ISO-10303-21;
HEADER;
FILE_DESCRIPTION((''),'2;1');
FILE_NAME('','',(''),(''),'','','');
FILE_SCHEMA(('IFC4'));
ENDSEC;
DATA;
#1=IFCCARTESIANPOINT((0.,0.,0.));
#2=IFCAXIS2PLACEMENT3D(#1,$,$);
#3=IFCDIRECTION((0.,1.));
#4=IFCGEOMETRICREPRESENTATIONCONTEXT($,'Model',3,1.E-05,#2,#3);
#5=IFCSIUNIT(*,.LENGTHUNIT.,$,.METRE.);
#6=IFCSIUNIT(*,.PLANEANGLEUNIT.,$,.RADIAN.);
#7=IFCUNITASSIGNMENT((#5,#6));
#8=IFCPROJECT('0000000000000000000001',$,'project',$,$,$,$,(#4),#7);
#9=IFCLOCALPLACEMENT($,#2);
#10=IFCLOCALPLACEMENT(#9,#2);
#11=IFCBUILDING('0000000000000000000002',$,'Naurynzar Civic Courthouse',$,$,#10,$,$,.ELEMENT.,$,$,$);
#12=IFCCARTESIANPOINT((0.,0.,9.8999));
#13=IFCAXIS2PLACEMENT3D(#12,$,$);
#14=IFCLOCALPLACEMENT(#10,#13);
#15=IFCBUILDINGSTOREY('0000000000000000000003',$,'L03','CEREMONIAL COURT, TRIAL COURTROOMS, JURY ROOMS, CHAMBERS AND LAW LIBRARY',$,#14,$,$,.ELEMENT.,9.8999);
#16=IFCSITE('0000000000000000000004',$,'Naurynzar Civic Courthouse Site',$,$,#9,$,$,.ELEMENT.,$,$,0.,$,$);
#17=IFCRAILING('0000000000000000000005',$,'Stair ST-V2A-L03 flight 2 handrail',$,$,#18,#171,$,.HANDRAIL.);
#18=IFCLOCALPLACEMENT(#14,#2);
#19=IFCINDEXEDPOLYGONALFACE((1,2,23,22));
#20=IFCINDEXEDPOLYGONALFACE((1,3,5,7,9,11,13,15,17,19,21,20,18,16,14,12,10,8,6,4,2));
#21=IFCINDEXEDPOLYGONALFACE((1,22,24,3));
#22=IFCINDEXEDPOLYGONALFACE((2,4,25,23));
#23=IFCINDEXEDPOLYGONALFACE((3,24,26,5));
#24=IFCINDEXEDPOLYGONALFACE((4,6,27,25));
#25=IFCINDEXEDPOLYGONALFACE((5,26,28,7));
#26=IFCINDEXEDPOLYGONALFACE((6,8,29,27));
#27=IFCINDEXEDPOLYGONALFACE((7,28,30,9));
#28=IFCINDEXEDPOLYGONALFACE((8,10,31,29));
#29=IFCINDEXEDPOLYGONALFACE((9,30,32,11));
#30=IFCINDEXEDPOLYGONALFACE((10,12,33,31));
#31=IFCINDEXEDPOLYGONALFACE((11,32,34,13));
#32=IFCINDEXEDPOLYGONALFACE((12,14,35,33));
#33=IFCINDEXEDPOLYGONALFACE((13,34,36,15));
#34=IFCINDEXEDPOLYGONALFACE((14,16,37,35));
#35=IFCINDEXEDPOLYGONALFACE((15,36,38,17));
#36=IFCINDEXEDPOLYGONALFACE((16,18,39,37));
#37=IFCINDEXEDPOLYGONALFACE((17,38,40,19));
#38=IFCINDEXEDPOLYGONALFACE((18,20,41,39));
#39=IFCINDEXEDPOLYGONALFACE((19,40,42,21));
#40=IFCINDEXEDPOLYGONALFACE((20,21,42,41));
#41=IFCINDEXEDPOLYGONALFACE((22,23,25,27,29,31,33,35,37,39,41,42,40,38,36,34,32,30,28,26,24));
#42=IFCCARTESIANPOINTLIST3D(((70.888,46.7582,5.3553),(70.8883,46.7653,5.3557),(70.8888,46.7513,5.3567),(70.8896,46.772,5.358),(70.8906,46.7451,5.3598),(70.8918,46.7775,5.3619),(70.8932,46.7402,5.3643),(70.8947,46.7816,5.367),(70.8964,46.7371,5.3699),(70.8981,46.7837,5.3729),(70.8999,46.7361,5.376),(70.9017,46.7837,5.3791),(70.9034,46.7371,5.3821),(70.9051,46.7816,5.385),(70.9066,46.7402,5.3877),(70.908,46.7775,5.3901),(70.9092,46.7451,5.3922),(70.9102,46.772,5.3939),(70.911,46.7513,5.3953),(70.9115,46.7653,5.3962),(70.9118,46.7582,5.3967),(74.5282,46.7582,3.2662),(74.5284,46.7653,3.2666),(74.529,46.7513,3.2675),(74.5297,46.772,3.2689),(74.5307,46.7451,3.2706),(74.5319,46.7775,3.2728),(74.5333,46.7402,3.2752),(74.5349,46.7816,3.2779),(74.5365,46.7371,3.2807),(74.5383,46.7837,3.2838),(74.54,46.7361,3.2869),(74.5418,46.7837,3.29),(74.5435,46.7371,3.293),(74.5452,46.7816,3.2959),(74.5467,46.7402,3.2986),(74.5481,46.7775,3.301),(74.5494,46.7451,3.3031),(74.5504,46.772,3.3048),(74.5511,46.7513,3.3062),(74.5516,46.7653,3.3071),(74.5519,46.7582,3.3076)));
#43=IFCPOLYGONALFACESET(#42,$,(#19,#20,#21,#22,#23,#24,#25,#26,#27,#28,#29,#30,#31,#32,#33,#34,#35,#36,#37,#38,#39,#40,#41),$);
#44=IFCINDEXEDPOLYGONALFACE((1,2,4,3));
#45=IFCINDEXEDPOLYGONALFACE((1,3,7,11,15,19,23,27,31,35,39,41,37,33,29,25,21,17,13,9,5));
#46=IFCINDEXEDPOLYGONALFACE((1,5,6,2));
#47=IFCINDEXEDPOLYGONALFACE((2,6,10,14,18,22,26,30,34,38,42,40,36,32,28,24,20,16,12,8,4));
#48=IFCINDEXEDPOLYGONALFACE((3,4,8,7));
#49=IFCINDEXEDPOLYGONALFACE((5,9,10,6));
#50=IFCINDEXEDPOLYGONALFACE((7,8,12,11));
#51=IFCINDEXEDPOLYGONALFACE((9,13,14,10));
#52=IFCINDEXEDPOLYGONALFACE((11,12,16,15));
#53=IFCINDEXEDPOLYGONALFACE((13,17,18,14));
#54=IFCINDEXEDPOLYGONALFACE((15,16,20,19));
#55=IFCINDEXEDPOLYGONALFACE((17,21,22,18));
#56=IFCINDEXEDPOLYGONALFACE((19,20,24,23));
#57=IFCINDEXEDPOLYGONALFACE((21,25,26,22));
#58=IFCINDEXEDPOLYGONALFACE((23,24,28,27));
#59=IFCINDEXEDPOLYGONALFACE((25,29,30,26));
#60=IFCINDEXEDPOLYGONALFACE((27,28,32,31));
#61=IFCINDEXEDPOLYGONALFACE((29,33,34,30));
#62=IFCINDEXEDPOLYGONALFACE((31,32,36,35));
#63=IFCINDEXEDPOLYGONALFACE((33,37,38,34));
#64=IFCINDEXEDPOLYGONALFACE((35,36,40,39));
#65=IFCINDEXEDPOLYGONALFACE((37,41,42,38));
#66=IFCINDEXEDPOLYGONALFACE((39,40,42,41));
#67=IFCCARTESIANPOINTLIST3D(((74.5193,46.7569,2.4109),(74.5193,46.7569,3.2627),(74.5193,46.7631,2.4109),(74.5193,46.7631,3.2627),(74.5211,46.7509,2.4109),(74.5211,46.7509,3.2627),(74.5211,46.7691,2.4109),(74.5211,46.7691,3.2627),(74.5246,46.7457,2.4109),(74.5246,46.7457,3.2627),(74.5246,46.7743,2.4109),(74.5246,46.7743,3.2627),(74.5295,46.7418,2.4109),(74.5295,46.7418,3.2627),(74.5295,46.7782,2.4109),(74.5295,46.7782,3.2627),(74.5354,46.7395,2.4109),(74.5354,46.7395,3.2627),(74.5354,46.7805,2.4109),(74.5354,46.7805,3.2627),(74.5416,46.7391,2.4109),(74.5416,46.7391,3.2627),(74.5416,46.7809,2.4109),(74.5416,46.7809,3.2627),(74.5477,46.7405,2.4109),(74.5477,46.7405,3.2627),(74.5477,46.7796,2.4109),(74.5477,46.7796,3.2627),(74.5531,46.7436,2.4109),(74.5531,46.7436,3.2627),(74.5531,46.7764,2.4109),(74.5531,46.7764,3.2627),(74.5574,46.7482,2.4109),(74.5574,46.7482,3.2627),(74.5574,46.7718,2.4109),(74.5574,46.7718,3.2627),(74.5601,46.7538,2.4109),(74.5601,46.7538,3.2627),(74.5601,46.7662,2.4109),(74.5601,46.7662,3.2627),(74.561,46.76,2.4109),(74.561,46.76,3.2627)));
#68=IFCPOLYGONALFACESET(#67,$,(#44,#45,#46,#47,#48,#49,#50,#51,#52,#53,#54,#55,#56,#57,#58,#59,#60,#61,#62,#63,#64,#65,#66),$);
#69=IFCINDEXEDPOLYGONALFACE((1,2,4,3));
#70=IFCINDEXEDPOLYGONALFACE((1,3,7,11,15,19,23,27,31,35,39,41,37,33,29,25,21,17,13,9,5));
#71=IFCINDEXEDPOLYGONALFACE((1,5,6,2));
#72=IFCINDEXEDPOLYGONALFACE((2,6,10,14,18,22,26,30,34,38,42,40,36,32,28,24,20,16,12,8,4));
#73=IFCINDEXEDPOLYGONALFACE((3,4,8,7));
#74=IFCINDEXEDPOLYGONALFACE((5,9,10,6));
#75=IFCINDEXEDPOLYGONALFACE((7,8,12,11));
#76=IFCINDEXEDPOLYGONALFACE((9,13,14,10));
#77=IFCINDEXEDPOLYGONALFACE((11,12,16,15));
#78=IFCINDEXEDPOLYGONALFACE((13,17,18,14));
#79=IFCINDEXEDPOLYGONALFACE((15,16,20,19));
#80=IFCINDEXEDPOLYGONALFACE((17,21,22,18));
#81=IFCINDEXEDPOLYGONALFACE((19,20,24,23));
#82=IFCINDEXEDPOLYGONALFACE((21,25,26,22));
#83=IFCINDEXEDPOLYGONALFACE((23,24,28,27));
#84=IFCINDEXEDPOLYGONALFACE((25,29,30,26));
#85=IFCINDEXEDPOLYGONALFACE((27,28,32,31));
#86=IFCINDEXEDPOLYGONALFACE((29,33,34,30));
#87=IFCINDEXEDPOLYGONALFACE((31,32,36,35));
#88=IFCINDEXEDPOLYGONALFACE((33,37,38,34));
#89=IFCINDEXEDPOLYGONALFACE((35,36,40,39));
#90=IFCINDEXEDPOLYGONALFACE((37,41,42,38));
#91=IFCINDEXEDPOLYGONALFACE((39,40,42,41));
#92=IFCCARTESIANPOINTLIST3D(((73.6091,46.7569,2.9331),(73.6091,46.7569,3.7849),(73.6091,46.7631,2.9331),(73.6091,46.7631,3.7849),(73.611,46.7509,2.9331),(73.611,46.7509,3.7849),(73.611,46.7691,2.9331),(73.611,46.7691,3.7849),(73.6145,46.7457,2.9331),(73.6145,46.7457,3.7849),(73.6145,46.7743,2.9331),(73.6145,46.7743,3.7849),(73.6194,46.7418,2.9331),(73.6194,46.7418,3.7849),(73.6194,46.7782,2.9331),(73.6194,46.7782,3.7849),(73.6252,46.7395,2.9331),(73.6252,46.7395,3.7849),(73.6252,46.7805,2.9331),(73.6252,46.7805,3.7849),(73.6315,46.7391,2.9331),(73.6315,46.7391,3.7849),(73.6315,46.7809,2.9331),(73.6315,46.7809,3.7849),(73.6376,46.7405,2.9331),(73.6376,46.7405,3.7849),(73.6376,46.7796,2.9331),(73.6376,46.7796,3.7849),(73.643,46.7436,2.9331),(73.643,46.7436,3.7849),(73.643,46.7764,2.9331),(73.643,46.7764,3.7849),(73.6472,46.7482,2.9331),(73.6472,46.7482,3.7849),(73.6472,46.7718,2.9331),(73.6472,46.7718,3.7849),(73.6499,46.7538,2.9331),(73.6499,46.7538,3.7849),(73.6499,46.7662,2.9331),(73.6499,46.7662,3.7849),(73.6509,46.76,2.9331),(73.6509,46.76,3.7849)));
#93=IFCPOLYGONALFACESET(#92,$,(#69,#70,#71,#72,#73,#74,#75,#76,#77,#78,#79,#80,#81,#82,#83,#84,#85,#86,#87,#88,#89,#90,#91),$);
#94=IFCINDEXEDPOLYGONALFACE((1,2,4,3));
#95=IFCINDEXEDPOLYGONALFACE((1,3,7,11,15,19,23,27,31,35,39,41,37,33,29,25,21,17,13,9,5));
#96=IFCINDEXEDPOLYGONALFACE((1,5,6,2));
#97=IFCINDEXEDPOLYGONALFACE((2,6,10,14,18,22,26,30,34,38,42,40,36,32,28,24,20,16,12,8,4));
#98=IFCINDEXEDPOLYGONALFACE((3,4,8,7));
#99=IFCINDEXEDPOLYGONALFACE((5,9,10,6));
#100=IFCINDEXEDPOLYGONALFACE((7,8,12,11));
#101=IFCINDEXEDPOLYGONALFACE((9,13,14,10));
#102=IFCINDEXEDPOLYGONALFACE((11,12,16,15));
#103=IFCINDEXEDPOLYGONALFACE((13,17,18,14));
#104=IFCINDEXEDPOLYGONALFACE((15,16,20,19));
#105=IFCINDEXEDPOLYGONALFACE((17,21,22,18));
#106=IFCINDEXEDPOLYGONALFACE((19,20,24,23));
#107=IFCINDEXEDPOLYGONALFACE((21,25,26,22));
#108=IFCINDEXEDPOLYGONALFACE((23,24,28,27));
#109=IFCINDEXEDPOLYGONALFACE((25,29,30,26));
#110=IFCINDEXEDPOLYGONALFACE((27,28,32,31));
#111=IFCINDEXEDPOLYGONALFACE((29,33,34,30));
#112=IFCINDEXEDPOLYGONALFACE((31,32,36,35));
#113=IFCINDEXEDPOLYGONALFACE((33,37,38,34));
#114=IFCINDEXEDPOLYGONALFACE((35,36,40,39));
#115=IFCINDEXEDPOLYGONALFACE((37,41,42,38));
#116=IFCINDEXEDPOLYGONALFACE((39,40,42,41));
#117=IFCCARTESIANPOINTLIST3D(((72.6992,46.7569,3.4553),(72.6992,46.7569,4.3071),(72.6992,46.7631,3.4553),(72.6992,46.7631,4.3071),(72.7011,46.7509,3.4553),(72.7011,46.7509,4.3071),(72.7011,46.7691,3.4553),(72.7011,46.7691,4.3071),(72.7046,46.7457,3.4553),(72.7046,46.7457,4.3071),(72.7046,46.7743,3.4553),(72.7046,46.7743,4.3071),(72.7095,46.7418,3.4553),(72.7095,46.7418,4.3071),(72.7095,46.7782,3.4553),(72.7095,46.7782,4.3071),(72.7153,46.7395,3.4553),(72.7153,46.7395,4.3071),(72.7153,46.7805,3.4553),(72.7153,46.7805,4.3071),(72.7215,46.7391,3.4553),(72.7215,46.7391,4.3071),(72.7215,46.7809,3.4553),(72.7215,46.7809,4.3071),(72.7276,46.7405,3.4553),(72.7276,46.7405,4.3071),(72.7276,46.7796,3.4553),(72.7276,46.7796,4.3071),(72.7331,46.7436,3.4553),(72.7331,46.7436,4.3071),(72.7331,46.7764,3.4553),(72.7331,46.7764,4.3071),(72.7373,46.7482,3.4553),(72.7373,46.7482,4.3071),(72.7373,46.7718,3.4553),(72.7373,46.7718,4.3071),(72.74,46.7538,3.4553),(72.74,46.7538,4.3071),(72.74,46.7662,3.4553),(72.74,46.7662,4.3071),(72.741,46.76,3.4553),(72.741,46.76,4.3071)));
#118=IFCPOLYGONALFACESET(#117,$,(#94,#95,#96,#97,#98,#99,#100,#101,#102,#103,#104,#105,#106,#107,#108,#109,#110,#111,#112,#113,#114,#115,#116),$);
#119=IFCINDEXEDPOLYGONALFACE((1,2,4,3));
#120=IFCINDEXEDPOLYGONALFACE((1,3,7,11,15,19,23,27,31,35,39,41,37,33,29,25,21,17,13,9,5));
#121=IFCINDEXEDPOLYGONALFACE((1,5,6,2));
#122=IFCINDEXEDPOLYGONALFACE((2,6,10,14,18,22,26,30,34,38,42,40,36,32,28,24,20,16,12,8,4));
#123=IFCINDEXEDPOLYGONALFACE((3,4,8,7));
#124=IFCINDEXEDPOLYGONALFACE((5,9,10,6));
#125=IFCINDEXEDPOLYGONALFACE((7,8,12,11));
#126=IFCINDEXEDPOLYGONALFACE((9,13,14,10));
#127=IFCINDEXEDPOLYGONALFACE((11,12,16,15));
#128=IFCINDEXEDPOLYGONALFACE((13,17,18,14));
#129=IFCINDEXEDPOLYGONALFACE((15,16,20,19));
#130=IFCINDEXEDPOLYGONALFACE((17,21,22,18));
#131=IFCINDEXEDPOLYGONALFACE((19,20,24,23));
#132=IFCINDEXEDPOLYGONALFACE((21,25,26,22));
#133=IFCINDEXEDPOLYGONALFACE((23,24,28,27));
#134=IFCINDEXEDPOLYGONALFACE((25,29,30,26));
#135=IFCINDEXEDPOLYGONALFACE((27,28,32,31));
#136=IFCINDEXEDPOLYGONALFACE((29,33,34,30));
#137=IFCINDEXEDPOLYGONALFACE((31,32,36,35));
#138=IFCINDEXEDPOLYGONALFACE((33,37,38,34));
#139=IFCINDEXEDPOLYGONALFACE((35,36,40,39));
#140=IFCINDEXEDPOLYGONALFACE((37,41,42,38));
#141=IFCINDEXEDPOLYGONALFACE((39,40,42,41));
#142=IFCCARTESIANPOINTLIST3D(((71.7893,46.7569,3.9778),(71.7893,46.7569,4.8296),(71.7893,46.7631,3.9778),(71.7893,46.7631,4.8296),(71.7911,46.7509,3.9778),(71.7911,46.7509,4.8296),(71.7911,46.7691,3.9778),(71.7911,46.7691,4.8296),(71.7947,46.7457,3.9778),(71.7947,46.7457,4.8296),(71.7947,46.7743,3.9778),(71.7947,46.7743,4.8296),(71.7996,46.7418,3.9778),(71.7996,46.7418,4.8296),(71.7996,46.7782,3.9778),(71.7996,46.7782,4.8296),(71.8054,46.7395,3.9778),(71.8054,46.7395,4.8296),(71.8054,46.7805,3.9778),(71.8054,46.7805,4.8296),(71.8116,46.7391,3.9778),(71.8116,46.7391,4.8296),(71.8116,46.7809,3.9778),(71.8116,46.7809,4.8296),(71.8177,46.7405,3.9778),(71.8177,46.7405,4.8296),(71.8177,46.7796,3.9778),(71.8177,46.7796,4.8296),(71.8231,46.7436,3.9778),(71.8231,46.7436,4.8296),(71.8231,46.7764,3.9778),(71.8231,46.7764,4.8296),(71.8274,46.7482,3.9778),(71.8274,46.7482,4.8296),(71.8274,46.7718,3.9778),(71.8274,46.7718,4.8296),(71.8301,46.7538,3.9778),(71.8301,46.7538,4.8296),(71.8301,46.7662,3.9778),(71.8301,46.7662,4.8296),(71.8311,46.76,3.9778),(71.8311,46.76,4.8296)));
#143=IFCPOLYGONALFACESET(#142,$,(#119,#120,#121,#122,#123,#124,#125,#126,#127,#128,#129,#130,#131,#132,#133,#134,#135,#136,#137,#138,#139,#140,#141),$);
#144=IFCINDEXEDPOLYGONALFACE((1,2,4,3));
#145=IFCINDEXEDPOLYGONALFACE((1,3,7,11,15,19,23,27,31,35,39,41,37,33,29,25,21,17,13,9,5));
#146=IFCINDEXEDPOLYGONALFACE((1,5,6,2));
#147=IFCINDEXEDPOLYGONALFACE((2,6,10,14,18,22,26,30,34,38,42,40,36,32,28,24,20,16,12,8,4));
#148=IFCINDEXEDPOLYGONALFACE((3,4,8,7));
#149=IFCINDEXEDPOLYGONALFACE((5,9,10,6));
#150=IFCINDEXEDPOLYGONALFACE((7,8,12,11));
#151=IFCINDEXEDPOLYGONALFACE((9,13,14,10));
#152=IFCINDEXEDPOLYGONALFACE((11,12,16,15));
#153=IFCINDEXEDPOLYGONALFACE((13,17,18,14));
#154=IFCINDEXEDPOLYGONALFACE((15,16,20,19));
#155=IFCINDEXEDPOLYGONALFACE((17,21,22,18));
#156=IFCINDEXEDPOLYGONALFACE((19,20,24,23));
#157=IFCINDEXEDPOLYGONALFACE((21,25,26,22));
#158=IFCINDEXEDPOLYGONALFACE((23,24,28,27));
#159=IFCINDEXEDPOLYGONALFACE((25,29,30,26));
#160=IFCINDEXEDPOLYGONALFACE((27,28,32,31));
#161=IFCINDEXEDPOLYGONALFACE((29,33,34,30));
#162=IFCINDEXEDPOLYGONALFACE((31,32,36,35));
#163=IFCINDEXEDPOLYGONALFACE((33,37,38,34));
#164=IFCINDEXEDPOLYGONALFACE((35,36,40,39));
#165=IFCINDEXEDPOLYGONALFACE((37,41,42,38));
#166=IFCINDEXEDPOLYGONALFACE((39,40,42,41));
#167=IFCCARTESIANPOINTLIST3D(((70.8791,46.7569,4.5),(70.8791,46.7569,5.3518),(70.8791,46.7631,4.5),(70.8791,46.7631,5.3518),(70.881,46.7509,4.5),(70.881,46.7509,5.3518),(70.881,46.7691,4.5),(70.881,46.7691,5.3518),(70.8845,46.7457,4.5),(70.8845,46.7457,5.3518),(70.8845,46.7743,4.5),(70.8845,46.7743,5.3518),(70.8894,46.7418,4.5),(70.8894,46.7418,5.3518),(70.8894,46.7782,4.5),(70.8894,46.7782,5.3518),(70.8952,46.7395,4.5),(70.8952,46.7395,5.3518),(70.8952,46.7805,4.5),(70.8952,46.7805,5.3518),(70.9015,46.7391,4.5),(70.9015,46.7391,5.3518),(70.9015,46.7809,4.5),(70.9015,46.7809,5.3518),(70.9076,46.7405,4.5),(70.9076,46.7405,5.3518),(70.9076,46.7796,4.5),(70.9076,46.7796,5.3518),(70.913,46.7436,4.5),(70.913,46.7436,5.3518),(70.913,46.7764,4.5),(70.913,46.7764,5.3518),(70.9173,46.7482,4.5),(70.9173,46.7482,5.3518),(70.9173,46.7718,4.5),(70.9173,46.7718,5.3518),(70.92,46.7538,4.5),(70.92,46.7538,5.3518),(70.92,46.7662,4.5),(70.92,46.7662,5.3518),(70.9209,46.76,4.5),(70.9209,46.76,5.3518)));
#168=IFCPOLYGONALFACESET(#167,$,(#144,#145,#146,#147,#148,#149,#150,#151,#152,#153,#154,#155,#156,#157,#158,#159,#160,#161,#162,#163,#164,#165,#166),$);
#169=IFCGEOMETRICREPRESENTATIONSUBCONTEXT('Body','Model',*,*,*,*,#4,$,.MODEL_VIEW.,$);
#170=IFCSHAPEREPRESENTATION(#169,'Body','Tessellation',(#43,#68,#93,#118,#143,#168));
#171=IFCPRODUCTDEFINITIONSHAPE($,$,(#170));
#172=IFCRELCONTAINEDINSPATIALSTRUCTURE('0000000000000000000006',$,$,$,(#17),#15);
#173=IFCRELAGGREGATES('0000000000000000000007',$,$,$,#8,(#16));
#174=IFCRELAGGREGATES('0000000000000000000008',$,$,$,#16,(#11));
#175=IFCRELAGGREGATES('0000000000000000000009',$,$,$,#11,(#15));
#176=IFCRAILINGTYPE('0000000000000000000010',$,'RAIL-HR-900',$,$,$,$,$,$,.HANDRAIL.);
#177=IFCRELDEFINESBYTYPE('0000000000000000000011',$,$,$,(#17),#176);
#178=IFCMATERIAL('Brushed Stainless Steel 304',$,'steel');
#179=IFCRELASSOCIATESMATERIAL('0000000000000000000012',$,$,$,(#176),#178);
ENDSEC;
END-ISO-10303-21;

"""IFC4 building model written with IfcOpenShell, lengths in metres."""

from ifc_helpers import new_model, si_unit, direction, frame, origin, origin_2d, place, context, subcontext, project, spatial, circle, extrude, material, type_object, element, save


model = new_model("IFC4")

# Units and contexts
model_context = context("Model", 3, precision=1e-05, world=origin(), true_north=direction((0.0, 1.0)))
body_context = subcontext(model_context, "Body", "Model", "MODEL_VIEW")
ifc_project = project(units=[si_unit("LENGTHUNIT", "METRE"), si_unit("PLANEANGLEUNIT", "RADIAN")], contexts=[model_context])

# Site, building, storey
site_placement = place(None, origin())
site = spatial("IfcSite", under=ifc_project, at=site_placement, Name="Naurynzar Civic Courthouse Site", CompositionType="ELEMENT", RefElevation=0.0)
building_placement = place(site_placement, origin())
building = spatial("IfcBuilding", under=site, at=building_placement, Name="Naurynzar Civic Courthouse", CompositionType="ELEMENT")
storey_placement = place(building_placement, frame((0.0, 0.0, 9.8999)))
storey = spatial("IfcBuildingStorey", under=building, at=storey_placement, Name="L03", Description="CEREMONIAL COURT, TRIAL COURTROOMS, JURY ROOMS, CHAMBERS AND LAW LIBRARY", CompositionType="ELEMENT", Elevation=9.8999)

# Railing
ifc_material_1 = material(Name="Brushed Stainless Steel 304", Category="steel")
railing_type_1 = type_object("IfcRailingType", Name="RAIL-HR-900", PredefinedType="HANDRAIL", material=ifc_material_1)
railing_1_placement = place(storey_placement, frame((74.54, 46.76, 2.4109)))
element("IfcRailing", 1, at=railing_1_placement, inside=storey, type_object=railing_type_1, Name="Stair ST-V2A-L03 flight 2 handrail", PredefinedType="HANDRAIL", context=body_context, shape_type="SweptSolid", body=[
    extrude(circle(Radius=0.0239, at=origin_2d()), frame((0.0, 0.0, 0.876), z_axis=(-0.867314, 0.0, 0.497761), x_axis=(0.0, -1.0, 0.0)), (0.0, 0.0, 1.0), 4.197),
    extrude(circle(Radius=0.021, at=origin_2d()), origin(), (0.0, 0.0, 1.0), 0.8518),
    extrude(circle(Radius=0.021, at=origin_2d()), frame((-0.9102, 0.0, 0.5222)), (0.0, 0.0, 1.0), 0.8518),
    extrude(circle(Radius=0.021, at=origin_2d()), frame((-1.8201, 0.0, 1.0444)), (0.0, 0.0, 1.0), 0.8518),
    extrude(circle(Radius=0.021, at=origin_2d()), frame((-2.73, 0.0, 1.5669)), (0.0, 0.0, 1.0), 0.8518),
    extrude(circle(Radius=0.021, at=origin_2d()), frame((-3.6401, 0.0, 2.0891)), (0.0, 0.0, 1.0), 0.8518),
])

save(model, "model.ifc")
